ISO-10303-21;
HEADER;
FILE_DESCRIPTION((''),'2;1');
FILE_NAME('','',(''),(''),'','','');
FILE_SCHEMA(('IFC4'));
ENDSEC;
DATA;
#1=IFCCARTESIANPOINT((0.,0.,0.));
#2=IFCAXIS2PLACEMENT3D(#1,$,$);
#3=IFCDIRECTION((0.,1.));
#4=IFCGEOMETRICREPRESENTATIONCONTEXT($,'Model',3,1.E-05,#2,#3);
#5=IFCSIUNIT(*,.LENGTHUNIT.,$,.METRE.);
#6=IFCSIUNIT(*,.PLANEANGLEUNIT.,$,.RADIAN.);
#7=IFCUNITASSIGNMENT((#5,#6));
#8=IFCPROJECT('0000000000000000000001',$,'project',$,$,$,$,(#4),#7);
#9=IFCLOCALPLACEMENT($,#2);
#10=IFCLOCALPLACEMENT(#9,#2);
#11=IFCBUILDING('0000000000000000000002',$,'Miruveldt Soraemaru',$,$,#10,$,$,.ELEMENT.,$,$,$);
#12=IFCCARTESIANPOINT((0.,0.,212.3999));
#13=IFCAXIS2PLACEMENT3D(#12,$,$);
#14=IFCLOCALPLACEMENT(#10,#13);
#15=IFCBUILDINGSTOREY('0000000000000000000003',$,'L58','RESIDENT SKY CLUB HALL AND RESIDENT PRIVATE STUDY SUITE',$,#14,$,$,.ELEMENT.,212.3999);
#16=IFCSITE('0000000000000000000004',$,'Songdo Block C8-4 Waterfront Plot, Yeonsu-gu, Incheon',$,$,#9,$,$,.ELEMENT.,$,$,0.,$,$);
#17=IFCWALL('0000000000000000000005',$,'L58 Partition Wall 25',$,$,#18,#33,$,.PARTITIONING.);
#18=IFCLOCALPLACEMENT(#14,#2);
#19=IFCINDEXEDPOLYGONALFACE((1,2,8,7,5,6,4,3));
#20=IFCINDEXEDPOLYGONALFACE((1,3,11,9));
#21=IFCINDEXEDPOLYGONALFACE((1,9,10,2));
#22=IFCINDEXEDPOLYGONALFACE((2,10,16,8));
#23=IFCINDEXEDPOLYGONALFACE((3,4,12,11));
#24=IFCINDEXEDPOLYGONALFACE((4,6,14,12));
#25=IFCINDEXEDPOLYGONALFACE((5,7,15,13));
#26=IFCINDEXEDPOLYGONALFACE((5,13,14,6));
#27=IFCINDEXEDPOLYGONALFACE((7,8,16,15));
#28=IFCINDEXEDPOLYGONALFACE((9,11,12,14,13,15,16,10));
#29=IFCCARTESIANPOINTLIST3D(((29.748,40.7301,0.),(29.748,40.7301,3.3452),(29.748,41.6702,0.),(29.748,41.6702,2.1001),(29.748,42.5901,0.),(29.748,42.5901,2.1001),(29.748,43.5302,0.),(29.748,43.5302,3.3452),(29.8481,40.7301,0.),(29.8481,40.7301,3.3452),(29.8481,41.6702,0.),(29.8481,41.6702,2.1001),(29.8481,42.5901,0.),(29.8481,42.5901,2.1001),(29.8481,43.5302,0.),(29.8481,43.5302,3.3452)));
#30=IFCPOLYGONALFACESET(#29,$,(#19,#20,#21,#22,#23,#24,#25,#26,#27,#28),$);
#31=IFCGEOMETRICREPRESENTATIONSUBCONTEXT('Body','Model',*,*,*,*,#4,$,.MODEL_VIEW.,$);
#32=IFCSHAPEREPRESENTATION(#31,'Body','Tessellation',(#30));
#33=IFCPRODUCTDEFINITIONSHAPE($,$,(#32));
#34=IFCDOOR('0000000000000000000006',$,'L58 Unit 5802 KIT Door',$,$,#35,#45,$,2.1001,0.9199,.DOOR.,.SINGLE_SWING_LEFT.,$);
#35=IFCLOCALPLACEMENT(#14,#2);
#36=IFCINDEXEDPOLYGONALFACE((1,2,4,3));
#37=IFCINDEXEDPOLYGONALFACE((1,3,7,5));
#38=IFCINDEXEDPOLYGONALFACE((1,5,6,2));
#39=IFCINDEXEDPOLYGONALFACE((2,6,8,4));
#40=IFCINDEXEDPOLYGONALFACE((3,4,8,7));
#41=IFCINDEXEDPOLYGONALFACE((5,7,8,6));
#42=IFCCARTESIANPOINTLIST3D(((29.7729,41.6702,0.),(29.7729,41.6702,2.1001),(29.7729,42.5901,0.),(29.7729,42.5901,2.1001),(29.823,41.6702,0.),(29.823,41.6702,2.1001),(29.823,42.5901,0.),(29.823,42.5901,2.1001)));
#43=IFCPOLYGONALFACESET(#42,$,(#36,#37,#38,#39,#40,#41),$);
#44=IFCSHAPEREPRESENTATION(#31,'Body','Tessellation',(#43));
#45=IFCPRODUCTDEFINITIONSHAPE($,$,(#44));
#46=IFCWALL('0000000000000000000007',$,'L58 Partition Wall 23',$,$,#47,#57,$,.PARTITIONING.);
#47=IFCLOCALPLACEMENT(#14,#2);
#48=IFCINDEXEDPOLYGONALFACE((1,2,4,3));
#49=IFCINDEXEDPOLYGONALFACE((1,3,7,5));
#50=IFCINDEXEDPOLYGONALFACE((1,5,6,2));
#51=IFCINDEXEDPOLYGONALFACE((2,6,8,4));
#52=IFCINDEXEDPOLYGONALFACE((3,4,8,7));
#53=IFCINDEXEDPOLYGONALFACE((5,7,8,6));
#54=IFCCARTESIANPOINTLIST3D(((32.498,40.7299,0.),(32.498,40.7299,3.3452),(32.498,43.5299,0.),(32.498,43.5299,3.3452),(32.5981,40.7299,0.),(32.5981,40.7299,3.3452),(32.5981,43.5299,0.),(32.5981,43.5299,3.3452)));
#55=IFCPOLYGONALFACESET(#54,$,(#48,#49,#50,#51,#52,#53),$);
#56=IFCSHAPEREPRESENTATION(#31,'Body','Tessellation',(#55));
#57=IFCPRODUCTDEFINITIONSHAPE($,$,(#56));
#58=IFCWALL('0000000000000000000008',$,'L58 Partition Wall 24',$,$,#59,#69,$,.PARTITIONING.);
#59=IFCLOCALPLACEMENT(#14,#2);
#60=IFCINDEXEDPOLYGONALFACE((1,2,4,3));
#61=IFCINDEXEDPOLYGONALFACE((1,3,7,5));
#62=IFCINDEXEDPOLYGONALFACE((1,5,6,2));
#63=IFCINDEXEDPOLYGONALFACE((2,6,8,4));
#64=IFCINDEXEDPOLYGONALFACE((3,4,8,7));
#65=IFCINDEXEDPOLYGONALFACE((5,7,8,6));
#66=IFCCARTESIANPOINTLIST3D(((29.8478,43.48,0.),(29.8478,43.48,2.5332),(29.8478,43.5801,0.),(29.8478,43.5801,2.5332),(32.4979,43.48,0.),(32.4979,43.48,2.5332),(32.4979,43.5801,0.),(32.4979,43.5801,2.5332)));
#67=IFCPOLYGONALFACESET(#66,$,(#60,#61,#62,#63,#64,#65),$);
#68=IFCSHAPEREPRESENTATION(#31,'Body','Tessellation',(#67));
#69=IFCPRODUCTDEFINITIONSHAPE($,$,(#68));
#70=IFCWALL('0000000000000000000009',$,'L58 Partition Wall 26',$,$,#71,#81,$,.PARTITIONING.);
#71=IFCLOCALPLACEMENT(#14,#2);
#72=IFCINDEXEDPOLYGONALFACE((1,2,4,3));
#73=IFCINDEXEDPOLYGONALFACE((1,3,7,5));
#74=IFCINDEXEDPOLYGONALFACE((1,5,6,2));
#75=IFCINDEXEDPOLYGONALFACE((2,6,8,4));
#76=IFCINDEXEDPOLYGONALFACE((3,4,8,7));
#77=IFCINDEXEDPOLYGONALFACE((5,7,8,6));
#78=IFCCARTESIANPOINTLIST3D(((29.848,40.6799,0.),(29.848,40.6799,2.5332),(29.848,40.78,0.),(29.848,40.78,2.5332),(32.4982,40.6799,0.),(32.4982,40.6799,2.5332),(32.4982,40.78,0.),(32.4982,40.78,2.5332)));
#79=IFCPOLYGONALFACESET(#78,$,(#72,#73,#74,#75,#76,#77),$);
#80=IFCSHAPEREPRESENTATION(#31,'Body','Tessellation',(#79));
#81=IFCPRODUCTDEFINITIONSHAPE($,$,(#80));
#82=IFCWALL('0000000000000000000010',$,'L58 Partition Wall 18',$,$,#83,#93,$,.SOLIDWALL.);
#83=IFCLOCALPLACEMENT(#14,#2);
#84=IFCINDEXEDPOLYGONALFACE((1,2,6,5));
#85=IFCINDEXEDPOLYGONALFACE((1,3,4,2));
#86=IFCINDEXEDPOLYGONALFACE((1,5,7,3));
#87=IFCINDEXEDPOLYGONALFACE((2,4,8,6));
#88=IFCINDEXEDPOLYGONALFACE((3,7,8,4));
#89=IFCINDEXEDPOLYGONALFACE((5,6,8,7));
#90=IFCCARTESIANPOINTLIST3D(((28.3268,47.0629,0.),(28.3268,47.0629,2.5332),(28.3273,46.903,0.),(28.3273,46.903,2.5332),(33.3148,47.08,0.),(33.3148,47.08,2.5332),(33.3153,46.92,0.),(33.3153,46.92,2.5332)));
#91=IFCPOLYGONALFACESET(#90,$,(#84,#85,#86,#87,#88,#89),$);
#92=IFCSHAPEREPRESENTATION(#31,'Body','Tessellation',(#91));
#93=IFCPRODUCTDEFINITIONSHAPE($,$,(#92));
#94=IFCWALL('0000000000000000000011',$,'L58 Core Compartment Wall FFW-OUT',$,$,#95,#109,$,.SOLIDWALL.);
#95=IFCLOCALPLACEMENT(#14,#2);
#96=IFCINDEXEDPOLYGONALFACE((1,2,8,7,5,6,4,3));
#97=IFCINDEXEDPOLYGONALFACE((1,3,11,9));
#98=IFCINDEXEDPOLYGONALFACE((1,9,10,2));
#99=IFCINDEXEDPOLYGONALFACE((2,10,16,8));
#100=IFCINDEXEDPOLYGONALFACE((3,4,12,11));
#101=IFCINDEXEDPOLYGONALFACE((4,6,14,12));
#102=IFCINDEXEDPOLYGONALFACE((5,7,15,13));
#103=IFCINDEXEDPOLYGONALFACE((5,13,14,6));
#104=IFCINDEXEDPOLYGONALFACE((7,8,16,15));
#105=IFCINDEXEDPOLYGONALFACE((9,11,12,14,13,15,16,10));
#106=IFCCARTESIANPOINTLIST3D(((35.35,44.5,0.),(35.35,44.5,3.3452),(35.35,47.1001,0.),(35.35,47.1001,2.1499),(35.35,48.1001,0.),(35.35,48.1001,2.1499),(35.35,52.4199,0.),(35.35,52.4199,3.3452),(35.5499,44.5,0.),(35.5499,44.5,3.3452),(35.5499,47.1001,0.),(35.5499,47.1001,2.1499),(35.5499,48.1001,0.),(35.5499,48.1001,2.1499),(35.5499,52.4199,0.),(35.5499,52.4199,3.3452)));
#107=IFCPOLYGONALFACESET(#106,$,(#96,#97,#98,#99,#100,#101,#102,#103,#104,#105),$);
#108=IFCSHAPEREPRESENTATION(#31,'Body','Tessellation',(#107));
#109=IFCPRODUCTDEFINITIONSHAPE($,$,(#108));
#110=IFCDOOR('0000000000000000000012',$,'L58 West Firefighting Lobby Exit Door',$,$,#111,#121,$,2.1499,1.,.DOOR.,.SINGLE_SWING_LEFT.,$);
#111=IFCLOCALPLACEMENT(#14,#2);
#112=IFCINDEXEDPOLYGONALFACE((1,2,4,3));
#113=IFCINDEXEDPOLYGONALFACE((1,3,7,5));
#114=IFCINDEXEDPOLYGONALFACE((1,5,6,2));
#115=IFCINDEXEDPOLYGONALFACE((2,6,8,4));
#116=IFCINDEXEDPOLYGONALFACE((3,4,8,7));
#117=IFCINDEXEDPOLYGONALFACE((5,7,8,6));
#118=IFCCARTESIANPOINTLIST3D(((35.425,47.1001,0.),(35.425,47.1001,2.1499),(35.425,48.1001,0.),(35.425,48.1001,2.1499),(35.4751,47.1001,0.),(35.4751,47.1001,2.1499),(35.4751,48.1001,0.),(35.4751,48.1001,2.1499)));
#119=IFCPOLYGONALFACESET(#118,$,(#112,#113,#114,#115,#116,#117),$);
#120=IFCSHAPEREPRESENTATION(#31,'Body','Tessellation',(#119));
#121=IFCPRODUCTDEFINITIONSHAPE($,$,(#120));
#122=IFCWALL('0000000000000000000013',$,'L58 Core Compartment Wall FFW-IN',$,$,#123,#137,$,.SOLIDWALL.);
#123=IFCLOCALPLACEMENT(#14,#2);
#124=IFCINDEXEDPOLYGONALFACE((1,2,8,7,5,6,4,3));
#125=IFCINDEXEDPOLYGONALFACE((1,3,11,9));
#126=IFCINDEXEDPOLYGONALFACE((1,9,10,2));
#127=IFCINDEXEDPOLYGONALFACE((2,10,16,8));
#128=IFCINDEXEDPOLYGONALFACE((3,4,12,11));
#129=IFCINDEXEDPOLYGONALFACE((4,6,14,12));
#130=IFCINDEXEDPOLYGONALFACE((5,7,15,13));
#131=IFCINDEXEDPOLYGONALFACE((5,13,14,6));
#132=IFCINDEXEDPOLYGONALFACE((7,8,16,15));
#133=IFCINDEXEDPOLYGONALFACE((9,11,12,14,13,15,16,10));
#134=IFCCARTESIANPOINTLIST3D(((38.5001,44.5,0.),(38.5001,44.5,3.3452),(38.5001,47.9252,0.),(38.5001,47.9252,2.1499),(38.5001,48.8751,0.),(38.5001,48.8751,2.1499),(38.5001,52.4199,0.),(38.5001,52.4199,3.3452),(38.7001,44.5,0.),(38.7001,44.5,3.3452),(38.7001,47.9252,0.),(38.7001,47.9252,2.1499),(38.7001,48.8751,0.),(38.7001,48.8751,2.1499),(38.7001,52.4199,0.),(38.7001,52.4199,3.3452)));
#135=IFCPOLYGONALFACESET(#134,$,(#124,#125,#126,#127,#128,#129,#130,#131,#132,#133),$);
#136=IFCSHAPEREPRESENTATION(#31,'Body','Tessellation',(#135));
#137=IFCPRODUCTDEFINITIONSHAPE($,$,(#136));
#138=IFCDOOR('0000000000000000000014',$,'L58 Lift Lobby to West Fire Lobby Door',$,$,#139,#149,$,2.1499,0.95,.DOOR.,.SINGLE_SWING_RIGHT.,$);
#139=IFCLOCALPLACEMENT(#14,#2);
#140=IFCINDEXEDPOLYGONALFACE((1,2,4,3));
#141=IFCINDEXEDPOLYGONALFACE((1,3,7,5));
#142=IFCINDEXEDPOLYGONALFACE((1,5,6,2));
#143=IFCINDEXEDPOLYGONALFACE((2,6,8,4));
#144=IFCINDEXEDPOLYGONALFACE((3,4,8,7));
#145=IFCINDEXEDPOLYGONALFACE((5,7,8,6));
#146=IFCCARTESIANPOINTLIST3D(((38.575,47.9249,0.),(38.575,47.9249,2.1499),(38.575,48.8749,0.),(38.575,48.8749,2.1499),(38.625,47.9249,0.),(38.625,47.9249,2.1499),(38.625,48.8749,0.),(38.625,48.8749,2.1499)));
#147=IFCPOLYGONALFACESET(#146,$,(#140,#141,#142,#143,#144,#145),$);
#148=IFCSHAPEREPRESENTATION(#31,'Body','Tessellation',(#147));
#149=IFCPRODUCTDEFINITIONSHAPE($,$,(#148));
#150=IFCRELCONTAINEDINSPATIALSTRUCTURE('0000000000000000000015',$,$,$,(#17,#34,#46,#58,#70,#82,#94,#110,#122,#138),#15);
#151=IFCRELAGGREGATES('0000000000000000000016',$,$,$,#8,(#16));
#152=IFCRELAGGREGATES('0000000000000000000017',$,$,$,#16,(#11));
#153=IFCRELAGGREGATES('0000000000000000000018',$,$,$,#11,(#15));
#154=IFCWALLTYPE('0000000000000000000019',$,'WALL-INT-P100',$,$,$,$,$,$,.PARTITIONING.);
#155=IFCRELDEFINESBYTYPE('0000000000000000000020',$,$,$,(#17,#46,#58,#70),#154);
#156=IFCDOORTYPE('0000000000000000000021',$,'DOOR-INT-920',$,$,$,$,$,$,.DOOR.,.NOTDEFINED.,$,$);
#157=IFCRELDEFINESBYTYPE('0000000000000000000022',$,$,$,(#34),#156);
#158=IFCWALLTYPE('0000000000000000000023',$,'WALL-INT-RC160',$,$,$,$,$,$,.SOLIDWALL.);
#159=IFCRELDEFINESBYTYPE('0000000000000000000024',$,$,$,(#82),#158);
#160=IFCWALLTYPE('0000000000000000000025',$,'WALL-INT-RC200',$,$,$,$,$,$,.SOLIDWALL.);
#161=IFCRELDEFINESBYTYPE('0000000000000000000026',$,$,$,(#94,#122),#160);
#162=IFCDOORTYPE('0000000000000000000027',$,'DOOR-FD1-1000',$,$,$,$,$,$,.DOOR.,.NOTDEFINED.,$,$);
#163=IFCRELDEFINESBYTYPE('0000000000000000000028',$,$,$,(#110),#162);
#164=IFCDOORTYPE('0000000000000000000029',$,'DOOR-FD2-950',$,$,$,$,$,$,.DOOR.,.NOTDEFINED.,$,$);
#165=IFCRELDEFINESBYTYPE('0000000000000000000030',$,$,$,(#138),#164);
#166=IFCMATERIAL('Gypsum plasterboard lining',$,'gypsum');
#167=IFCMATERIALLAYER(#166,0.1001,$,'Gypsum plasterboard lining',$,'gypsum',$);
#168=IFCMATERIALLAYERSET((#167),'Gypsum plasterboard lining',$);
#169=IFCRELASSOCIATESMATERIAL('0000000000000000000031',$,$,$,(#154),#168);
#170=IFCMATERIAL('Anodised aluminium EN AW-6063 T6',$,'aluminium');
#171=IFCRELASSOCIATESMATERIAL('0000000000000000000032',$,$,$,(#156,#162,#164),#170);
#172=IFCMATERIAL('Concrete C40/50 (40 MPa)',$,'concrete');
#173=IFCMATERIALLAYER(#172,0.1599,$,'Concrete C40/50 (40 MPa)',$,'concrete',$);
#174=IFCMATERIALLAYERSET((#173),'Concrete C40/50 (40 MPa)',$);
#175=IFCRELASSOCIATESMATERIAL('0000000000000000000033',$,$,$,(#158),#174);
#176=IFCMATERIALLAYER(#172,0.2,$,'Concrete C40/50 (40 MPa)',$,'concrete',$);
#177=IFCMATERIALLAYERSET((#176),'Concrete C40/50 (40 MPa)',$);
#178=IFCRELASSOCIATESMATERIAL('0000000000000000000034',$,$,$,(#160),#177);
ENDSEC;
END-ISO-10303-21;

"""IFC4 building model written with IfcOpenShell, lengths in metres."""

from ifc_helpers import new_model, si_unit, direction, frame, frame_2d, origin, place, context, subcontext, project, spatial, rectangle, extrude, material, layer, layer_set, type_object, element, fill, save


model = new_model("IFC4")

# Units and contexts
model_context = context("Model", 3, precision=1e-05, world=origin(), true_north=direction((0.0, 1.0)))
body_context = subcontext(model_context, "Body", "Model", "MODEL_VIEW")
ifc_project = project(units=[si_unit("LENGTHUNIT", "METRE"), si_unit("PLANEANGLEUNIT", "RADIAN")], contexts=[model_context])

# Site, building, storey
site_placement = place(None, origin())
site = spatial("IfcSite", under=ifc_project, at=site_placement, Name="Songdo Block C8-4 Waterfront Plot, Yeonsu-gu, Incheon", CompositionType="ELEMENT", RefElevation=0.0)
building_placement = place(site_placement, origin())
building = spatial("IfcBuilding", under=site, at=building_placement, Name="Miruveldt Soraemaru", CompositionType="ELEMENT")
storey_placement = place(building_placement, frame((0.0, 0.0, 212.3999)))
storey = spatial("IfcBuildingStorey", under=building, at=storey_placement, Name="L58", Description="RESIDENT SKY CLUB HALL AND RESIDENT PRIVATE STUDY SUITE", CompositionType="ELEMENT", Elevation=212.3999)

# Wall, opening, door
ifc_material_1 = material(Name="Gypsum plasterboard lining", Category="gypsum")
ifc_layer_1 = layer(ifc_material_1, 0.1001, Name="Gypsum plasterboard lining", Category="gypsum")
ifc_layer_set_1 = layer_set([ifc_layer_1], Name="Gypsum plasterboard lining")
wall_type_1 = type_object("IfcWallType", Name="WALL-INT-P100", PredefinedType="PARTITIONING", material=ifc_layer_set_1)
wall_1_placement = place(storey_placement, frame((29.7981, 43.53, 0.0), z_axis=(0.0, 0.0, 1.0), x_axis=(0.0, -1.0, 0.0)))
wall_1 = element("IfcWall", 1, at=wall_1_placement, inside=storey, type_object=wall_type_1, Name="L58 Partition Wall 25", PredefinedType="PARTITIONING", context=body_context, shape_type="SweptSolid", body=[
    extrude(rectangle(XDim=2.8, YDim=0.1001, at=frame_2d((1.3999, 0.0))), origin(), (0.0, 0.0, 1.0), 3.3452),
])
opening_1_placement = place(wall_1_placement, frame((0.9399, 0.0, 0.0)))
opening_1 = element("IfcOpeningElement", 2, at=opening_1_placement, cuts=wall_1, PredefinedType="OPENING", context=body_context, shape_type="SweptSolid", body=[
    extrude(rectangle(XDim=0.9199, YDim=2.1001, at=frame_2d((0.46, 1.05))), frame((0.0, 0.0601, 0.0), z_axis=(0.0, -1.0, 0.0), x_axis=(1.0, 0.0, 0.0)), (0.0, 0.0, 1.0), 0.1201),
])
ifc_material_2 = material(Name="Anodised aluminium EN AW-6063 T6", Category="aluminium")
door_type_1 = type_object("IfcDoorType", Name="DOOR-INT-920", OperationType="NOTDEFINED", PredefinedType="DOOR", material=ifc_material_2)
door_1_placement = place(opening_1_placement, origin())
door_1 = element("IfcDoor", 3, at=door_1_placement, inside=storey, type_object=door_type_1, Name="L58 Unit 5802 KIT Door", OperationType="SINGLE_SWING_LEFT", OverallHeight=2.1001, OverallWidth=0.9199, PredefinedType="DOOR", context=body_context, shape_type="SweptSolid", body=[
    extrude(rectangle(XDim=0.9199, YDim=2.1001, at=frame_2d((0.46, 1.05))), frame((0.0, 0.0249, 0.0), z_axis=(0.0, -1.0, 0.0), x_axis=(1.0, 0.0, 0.0)), (0.0, 0.0, 1.0), 0.05),
])
fill(opening_1, door_1)

# Walls
wall_2_placement = place(storey_placement, frame((32.5481, 40.73, 0.0), z_axis=(0.0, 0.0, 1.0), x_axis=(0.0, 1.0, 0.0)))
element("IfcWall", 4, at=wall_2_placement, inside=storey, type_object=wall_type_1, Name="L58 Partition Wall 23", PredefinedType="PARTITIONING", context=body_context, shape_type="SweptSolid", body=[
    extrude(rectangle(XDim=2.8, YDim=0.1001, at=frame_2d((1.3999, 0.0))), origin(), (0.0, 0.0, 1.0), 3.3452),
])
for number, where, z_axis, x_axis, name in (
    (5, (32.498, 43.53, 0.0), (0.0, 0.0, 1.0), (-1.0, 0.0, 0.0), "L58 Partition Wall 24"),
    (6, (29.8479, 40.73, 0.0), (0.0, 0.0, 1.0), (1.0, 0.0, 0.0), "L58 Partition Wall 26"),
):
    element("IfcWall", number, at=place(storey_placement, frame(where, z_axis=z_axis, x_axis=x_axis)), inside=storey, type_object=wall_type_1, Name=name, PredefinedType="PARTITIONING", context=body_context, shape_type="SweptSolid", body=[
        extrude(rectangle(XDim=2.6501, YDim=0.1001, at=frame_2d((1.3252, 0.0))), origin(), (0.0, 0.0, 1.0), 2.5332),
    ])
ifc_material_3 = material(Name="Concrete C40/50 (40 MPa)", Category="concrete")
ifc_layer_2 = layer(ifc_material_3, 0.1599, Name="Concrete C40/50 (40 MPa)", Category="concrete")
ifc_layer_set_2 = layer_set([ifc_layer_2], Name="Concrete C40/50 (40 MPa)")
wall_type_2 = type_object("IfcWallType", Name="WALL-INT-RC160", PredefinedType="SOLIDWALL", material=ifc_layer_set_2)
wall_3_placement = place(storey_placement, frame((28.3269, 46.9829, 0.0), z_axis=(0.0, 0.0, 1.0), x_axis=(0.999994, 0.003426, 0.0)))
element("IfcWall", 7, at=wall_3_placement, inside=storey, type_object=wall_type_2, Name="L58 Partition Wall 18", PredefinedType="SOLIDWALL", context=body_context, shape_type="SweptSolid", body=[
    extrude(rectangle(XDim=4.988, YDim=0.1599, at=frame_2d((2.4941, 0.0))), origin(), (0.0, 0.0, 1.0), 2.5332),
])

# Walls, openings, doors
ifc_layer_3 = layer(ifc_material_3, 0.2, Name="Concrete C40/50 (40 MPa)", Category="concrete")
ifc_layer_set_3 = layer_set([ifc_layer_3], Name="Concrete C40/50 (40 MPa)")
wall_type_3 = type_object("IfcWallType", Name="WALL-INT-RC200", PredefinedType="SOLIDWALL", material=ifc_layer_set_3)
wall_4_placement = place(storey_placement, frame((35.45, 44.5, 0.0), z_axis=(0.0, 0.0, 1.0), x_axis=(0.0, 1.0, 0.0)))
wall_4 = element("IfcWall", 8, at=wall_4_placement, inside=storey, type_object=wall_type_3, Name="L58 Core Compartment Wall FFW-OUT", PredefinedType="SOLIDWALL", context=body_context, shape_type="SweptSolid", body=[
    extrude(rectangle(XDim=7.9199, YDim=0.2, at=frame_2d((3.96, 0.0))), origin(), (0.0, 0.0, 1.0), 3.3452),
])
opening_2_placement = place(wall_4_placement, frame((2.6001, 0.0, 0.0)))
opening_2 = element("IfcOpeningElement", 9, at=opening_2_placement, cuts=wall_4, PredefinedType="OPENING", context=body_context, shape_type="SweptSolid", body=[
    extrude(rectangle(XDim=1.0, YDim=2.1499, at=frame_2d((0.5, 1.075))), frame((0.0, 0.1099, 0.0), z_axis=(0.0, -1.0, 0.0), x_axis=(1.0, 0.0, 0.0)), (0.0, 0.0, 1.0), 0.22),
])
door_type_2 = type_object("IfcDoorType", Name="DOOR-FD1-1000", OperationType="NOTDEFINED", PredefinedType="DOOR", material=ifc_material_2)
door_2_placement = place(opening_2_placement, origin())
door_2 = element("IfcDoor", 10, at=door_2_placement, inside=storey, type_object=door_type_2, Name="L58 West Firefighting Lobby Exit Door", OperationType="SINGLE_SWING_LEFT", OverallHeight=2.1499, OverallWidth=1.0, PredefinedType="DOOR", context=body_context, shape_type="SweptSolid", body=[
    extrude(rectangle(XDim=1.0, YDim=2.1499, at=frame_2d((0.5, 1.075))), frame((0.0, 0.0249, 0.0), z_axis=(0.0, -1.0, 0.0), x_axis=(1.0, 0.0, 0.0)), (0.0, 0.0, 1.0), 0.05),
])
fill(opening_2, door_2)
wall_5_placement = place(storey_placement, frame((38.6001, 44.5, 0.0), z_axis=(0.0, 0.0, 1.0), x_axis=(0.0, 1.0, 0.0)))
wall_5 = element("IfcWall", 11, at=wall_5_placement, inside=storey, type_object=wall_type_3, Name="L58 Core Compartment Wall FFW-IN", PredefinedType="SOLIDWALL", context=body_context, shape_type="SweptSolid", body=[
    extrude(rectangle(XDim=7.9199, YDim=0.2, at=frame_2d((3.96, 0.0))), origin(), (0.0, 0.0, 1.0), 3.3452),
])
opening_3_placement = place(wall_5_placement, frame((3.425, 0.0, 0.0)))
opening_3 = element("IfcOpeningElement", 12, at=opening_3_placement, cuts=wall_5, PredefinedType="OPENING", context=body_context, shape_type="SweptSolid", body=[
    extrude(rectangle(XDim=0.95, YDim=2.1499, at=frame_2d((0.4751, 1.075))), frame((0.0, 0.1099, 0.0), z_axis=(0.0, -1.0, 0.0), x_axis=(1.0, 0.0, 0.0)), (0.0, 0.0, 1.0), 0.22),
])
door_type_3 = type_object("IfcDoorType", Name="DOOR-FD2-950", OperationType="NOTDEFINED", PredefinedType="DOOR", material=ifc_material_2)
door_3_placement = place(opening_3_placement, frame((0.95, 0.0, 0.0), z_axis=(0.0, 0.0, 1.0), x_axis=(-1.0, 0.0, 0.0)))
door_3 = element("IfcDoor", 13, at=door_3_placement, inside=storey, type_object=door_type_3, Name="L58 Lift Lobby to West Fire Lobby Door", OperationType="SINGLE_SWING_RIGHT", OverallHeight=2.1499, OverallWidth=0.95, PredefinedType="DOOR", context=body_context, shape_type="SweptSolid", body=[
    extrude(rectangle(XDim=0.95, YDim=2.1499, at=frame_2d((0.4751, 1.075))), frame((0.0, 0.0249, 0.0), z_axis=(0.0, -1.0, 0.0), x_axis=(1.0, 0.0, 0.0)), (0.0, 0.0, 1.0), 0.05),
])
fill(opening_3, door_3)

save(model, "model.ifc")
